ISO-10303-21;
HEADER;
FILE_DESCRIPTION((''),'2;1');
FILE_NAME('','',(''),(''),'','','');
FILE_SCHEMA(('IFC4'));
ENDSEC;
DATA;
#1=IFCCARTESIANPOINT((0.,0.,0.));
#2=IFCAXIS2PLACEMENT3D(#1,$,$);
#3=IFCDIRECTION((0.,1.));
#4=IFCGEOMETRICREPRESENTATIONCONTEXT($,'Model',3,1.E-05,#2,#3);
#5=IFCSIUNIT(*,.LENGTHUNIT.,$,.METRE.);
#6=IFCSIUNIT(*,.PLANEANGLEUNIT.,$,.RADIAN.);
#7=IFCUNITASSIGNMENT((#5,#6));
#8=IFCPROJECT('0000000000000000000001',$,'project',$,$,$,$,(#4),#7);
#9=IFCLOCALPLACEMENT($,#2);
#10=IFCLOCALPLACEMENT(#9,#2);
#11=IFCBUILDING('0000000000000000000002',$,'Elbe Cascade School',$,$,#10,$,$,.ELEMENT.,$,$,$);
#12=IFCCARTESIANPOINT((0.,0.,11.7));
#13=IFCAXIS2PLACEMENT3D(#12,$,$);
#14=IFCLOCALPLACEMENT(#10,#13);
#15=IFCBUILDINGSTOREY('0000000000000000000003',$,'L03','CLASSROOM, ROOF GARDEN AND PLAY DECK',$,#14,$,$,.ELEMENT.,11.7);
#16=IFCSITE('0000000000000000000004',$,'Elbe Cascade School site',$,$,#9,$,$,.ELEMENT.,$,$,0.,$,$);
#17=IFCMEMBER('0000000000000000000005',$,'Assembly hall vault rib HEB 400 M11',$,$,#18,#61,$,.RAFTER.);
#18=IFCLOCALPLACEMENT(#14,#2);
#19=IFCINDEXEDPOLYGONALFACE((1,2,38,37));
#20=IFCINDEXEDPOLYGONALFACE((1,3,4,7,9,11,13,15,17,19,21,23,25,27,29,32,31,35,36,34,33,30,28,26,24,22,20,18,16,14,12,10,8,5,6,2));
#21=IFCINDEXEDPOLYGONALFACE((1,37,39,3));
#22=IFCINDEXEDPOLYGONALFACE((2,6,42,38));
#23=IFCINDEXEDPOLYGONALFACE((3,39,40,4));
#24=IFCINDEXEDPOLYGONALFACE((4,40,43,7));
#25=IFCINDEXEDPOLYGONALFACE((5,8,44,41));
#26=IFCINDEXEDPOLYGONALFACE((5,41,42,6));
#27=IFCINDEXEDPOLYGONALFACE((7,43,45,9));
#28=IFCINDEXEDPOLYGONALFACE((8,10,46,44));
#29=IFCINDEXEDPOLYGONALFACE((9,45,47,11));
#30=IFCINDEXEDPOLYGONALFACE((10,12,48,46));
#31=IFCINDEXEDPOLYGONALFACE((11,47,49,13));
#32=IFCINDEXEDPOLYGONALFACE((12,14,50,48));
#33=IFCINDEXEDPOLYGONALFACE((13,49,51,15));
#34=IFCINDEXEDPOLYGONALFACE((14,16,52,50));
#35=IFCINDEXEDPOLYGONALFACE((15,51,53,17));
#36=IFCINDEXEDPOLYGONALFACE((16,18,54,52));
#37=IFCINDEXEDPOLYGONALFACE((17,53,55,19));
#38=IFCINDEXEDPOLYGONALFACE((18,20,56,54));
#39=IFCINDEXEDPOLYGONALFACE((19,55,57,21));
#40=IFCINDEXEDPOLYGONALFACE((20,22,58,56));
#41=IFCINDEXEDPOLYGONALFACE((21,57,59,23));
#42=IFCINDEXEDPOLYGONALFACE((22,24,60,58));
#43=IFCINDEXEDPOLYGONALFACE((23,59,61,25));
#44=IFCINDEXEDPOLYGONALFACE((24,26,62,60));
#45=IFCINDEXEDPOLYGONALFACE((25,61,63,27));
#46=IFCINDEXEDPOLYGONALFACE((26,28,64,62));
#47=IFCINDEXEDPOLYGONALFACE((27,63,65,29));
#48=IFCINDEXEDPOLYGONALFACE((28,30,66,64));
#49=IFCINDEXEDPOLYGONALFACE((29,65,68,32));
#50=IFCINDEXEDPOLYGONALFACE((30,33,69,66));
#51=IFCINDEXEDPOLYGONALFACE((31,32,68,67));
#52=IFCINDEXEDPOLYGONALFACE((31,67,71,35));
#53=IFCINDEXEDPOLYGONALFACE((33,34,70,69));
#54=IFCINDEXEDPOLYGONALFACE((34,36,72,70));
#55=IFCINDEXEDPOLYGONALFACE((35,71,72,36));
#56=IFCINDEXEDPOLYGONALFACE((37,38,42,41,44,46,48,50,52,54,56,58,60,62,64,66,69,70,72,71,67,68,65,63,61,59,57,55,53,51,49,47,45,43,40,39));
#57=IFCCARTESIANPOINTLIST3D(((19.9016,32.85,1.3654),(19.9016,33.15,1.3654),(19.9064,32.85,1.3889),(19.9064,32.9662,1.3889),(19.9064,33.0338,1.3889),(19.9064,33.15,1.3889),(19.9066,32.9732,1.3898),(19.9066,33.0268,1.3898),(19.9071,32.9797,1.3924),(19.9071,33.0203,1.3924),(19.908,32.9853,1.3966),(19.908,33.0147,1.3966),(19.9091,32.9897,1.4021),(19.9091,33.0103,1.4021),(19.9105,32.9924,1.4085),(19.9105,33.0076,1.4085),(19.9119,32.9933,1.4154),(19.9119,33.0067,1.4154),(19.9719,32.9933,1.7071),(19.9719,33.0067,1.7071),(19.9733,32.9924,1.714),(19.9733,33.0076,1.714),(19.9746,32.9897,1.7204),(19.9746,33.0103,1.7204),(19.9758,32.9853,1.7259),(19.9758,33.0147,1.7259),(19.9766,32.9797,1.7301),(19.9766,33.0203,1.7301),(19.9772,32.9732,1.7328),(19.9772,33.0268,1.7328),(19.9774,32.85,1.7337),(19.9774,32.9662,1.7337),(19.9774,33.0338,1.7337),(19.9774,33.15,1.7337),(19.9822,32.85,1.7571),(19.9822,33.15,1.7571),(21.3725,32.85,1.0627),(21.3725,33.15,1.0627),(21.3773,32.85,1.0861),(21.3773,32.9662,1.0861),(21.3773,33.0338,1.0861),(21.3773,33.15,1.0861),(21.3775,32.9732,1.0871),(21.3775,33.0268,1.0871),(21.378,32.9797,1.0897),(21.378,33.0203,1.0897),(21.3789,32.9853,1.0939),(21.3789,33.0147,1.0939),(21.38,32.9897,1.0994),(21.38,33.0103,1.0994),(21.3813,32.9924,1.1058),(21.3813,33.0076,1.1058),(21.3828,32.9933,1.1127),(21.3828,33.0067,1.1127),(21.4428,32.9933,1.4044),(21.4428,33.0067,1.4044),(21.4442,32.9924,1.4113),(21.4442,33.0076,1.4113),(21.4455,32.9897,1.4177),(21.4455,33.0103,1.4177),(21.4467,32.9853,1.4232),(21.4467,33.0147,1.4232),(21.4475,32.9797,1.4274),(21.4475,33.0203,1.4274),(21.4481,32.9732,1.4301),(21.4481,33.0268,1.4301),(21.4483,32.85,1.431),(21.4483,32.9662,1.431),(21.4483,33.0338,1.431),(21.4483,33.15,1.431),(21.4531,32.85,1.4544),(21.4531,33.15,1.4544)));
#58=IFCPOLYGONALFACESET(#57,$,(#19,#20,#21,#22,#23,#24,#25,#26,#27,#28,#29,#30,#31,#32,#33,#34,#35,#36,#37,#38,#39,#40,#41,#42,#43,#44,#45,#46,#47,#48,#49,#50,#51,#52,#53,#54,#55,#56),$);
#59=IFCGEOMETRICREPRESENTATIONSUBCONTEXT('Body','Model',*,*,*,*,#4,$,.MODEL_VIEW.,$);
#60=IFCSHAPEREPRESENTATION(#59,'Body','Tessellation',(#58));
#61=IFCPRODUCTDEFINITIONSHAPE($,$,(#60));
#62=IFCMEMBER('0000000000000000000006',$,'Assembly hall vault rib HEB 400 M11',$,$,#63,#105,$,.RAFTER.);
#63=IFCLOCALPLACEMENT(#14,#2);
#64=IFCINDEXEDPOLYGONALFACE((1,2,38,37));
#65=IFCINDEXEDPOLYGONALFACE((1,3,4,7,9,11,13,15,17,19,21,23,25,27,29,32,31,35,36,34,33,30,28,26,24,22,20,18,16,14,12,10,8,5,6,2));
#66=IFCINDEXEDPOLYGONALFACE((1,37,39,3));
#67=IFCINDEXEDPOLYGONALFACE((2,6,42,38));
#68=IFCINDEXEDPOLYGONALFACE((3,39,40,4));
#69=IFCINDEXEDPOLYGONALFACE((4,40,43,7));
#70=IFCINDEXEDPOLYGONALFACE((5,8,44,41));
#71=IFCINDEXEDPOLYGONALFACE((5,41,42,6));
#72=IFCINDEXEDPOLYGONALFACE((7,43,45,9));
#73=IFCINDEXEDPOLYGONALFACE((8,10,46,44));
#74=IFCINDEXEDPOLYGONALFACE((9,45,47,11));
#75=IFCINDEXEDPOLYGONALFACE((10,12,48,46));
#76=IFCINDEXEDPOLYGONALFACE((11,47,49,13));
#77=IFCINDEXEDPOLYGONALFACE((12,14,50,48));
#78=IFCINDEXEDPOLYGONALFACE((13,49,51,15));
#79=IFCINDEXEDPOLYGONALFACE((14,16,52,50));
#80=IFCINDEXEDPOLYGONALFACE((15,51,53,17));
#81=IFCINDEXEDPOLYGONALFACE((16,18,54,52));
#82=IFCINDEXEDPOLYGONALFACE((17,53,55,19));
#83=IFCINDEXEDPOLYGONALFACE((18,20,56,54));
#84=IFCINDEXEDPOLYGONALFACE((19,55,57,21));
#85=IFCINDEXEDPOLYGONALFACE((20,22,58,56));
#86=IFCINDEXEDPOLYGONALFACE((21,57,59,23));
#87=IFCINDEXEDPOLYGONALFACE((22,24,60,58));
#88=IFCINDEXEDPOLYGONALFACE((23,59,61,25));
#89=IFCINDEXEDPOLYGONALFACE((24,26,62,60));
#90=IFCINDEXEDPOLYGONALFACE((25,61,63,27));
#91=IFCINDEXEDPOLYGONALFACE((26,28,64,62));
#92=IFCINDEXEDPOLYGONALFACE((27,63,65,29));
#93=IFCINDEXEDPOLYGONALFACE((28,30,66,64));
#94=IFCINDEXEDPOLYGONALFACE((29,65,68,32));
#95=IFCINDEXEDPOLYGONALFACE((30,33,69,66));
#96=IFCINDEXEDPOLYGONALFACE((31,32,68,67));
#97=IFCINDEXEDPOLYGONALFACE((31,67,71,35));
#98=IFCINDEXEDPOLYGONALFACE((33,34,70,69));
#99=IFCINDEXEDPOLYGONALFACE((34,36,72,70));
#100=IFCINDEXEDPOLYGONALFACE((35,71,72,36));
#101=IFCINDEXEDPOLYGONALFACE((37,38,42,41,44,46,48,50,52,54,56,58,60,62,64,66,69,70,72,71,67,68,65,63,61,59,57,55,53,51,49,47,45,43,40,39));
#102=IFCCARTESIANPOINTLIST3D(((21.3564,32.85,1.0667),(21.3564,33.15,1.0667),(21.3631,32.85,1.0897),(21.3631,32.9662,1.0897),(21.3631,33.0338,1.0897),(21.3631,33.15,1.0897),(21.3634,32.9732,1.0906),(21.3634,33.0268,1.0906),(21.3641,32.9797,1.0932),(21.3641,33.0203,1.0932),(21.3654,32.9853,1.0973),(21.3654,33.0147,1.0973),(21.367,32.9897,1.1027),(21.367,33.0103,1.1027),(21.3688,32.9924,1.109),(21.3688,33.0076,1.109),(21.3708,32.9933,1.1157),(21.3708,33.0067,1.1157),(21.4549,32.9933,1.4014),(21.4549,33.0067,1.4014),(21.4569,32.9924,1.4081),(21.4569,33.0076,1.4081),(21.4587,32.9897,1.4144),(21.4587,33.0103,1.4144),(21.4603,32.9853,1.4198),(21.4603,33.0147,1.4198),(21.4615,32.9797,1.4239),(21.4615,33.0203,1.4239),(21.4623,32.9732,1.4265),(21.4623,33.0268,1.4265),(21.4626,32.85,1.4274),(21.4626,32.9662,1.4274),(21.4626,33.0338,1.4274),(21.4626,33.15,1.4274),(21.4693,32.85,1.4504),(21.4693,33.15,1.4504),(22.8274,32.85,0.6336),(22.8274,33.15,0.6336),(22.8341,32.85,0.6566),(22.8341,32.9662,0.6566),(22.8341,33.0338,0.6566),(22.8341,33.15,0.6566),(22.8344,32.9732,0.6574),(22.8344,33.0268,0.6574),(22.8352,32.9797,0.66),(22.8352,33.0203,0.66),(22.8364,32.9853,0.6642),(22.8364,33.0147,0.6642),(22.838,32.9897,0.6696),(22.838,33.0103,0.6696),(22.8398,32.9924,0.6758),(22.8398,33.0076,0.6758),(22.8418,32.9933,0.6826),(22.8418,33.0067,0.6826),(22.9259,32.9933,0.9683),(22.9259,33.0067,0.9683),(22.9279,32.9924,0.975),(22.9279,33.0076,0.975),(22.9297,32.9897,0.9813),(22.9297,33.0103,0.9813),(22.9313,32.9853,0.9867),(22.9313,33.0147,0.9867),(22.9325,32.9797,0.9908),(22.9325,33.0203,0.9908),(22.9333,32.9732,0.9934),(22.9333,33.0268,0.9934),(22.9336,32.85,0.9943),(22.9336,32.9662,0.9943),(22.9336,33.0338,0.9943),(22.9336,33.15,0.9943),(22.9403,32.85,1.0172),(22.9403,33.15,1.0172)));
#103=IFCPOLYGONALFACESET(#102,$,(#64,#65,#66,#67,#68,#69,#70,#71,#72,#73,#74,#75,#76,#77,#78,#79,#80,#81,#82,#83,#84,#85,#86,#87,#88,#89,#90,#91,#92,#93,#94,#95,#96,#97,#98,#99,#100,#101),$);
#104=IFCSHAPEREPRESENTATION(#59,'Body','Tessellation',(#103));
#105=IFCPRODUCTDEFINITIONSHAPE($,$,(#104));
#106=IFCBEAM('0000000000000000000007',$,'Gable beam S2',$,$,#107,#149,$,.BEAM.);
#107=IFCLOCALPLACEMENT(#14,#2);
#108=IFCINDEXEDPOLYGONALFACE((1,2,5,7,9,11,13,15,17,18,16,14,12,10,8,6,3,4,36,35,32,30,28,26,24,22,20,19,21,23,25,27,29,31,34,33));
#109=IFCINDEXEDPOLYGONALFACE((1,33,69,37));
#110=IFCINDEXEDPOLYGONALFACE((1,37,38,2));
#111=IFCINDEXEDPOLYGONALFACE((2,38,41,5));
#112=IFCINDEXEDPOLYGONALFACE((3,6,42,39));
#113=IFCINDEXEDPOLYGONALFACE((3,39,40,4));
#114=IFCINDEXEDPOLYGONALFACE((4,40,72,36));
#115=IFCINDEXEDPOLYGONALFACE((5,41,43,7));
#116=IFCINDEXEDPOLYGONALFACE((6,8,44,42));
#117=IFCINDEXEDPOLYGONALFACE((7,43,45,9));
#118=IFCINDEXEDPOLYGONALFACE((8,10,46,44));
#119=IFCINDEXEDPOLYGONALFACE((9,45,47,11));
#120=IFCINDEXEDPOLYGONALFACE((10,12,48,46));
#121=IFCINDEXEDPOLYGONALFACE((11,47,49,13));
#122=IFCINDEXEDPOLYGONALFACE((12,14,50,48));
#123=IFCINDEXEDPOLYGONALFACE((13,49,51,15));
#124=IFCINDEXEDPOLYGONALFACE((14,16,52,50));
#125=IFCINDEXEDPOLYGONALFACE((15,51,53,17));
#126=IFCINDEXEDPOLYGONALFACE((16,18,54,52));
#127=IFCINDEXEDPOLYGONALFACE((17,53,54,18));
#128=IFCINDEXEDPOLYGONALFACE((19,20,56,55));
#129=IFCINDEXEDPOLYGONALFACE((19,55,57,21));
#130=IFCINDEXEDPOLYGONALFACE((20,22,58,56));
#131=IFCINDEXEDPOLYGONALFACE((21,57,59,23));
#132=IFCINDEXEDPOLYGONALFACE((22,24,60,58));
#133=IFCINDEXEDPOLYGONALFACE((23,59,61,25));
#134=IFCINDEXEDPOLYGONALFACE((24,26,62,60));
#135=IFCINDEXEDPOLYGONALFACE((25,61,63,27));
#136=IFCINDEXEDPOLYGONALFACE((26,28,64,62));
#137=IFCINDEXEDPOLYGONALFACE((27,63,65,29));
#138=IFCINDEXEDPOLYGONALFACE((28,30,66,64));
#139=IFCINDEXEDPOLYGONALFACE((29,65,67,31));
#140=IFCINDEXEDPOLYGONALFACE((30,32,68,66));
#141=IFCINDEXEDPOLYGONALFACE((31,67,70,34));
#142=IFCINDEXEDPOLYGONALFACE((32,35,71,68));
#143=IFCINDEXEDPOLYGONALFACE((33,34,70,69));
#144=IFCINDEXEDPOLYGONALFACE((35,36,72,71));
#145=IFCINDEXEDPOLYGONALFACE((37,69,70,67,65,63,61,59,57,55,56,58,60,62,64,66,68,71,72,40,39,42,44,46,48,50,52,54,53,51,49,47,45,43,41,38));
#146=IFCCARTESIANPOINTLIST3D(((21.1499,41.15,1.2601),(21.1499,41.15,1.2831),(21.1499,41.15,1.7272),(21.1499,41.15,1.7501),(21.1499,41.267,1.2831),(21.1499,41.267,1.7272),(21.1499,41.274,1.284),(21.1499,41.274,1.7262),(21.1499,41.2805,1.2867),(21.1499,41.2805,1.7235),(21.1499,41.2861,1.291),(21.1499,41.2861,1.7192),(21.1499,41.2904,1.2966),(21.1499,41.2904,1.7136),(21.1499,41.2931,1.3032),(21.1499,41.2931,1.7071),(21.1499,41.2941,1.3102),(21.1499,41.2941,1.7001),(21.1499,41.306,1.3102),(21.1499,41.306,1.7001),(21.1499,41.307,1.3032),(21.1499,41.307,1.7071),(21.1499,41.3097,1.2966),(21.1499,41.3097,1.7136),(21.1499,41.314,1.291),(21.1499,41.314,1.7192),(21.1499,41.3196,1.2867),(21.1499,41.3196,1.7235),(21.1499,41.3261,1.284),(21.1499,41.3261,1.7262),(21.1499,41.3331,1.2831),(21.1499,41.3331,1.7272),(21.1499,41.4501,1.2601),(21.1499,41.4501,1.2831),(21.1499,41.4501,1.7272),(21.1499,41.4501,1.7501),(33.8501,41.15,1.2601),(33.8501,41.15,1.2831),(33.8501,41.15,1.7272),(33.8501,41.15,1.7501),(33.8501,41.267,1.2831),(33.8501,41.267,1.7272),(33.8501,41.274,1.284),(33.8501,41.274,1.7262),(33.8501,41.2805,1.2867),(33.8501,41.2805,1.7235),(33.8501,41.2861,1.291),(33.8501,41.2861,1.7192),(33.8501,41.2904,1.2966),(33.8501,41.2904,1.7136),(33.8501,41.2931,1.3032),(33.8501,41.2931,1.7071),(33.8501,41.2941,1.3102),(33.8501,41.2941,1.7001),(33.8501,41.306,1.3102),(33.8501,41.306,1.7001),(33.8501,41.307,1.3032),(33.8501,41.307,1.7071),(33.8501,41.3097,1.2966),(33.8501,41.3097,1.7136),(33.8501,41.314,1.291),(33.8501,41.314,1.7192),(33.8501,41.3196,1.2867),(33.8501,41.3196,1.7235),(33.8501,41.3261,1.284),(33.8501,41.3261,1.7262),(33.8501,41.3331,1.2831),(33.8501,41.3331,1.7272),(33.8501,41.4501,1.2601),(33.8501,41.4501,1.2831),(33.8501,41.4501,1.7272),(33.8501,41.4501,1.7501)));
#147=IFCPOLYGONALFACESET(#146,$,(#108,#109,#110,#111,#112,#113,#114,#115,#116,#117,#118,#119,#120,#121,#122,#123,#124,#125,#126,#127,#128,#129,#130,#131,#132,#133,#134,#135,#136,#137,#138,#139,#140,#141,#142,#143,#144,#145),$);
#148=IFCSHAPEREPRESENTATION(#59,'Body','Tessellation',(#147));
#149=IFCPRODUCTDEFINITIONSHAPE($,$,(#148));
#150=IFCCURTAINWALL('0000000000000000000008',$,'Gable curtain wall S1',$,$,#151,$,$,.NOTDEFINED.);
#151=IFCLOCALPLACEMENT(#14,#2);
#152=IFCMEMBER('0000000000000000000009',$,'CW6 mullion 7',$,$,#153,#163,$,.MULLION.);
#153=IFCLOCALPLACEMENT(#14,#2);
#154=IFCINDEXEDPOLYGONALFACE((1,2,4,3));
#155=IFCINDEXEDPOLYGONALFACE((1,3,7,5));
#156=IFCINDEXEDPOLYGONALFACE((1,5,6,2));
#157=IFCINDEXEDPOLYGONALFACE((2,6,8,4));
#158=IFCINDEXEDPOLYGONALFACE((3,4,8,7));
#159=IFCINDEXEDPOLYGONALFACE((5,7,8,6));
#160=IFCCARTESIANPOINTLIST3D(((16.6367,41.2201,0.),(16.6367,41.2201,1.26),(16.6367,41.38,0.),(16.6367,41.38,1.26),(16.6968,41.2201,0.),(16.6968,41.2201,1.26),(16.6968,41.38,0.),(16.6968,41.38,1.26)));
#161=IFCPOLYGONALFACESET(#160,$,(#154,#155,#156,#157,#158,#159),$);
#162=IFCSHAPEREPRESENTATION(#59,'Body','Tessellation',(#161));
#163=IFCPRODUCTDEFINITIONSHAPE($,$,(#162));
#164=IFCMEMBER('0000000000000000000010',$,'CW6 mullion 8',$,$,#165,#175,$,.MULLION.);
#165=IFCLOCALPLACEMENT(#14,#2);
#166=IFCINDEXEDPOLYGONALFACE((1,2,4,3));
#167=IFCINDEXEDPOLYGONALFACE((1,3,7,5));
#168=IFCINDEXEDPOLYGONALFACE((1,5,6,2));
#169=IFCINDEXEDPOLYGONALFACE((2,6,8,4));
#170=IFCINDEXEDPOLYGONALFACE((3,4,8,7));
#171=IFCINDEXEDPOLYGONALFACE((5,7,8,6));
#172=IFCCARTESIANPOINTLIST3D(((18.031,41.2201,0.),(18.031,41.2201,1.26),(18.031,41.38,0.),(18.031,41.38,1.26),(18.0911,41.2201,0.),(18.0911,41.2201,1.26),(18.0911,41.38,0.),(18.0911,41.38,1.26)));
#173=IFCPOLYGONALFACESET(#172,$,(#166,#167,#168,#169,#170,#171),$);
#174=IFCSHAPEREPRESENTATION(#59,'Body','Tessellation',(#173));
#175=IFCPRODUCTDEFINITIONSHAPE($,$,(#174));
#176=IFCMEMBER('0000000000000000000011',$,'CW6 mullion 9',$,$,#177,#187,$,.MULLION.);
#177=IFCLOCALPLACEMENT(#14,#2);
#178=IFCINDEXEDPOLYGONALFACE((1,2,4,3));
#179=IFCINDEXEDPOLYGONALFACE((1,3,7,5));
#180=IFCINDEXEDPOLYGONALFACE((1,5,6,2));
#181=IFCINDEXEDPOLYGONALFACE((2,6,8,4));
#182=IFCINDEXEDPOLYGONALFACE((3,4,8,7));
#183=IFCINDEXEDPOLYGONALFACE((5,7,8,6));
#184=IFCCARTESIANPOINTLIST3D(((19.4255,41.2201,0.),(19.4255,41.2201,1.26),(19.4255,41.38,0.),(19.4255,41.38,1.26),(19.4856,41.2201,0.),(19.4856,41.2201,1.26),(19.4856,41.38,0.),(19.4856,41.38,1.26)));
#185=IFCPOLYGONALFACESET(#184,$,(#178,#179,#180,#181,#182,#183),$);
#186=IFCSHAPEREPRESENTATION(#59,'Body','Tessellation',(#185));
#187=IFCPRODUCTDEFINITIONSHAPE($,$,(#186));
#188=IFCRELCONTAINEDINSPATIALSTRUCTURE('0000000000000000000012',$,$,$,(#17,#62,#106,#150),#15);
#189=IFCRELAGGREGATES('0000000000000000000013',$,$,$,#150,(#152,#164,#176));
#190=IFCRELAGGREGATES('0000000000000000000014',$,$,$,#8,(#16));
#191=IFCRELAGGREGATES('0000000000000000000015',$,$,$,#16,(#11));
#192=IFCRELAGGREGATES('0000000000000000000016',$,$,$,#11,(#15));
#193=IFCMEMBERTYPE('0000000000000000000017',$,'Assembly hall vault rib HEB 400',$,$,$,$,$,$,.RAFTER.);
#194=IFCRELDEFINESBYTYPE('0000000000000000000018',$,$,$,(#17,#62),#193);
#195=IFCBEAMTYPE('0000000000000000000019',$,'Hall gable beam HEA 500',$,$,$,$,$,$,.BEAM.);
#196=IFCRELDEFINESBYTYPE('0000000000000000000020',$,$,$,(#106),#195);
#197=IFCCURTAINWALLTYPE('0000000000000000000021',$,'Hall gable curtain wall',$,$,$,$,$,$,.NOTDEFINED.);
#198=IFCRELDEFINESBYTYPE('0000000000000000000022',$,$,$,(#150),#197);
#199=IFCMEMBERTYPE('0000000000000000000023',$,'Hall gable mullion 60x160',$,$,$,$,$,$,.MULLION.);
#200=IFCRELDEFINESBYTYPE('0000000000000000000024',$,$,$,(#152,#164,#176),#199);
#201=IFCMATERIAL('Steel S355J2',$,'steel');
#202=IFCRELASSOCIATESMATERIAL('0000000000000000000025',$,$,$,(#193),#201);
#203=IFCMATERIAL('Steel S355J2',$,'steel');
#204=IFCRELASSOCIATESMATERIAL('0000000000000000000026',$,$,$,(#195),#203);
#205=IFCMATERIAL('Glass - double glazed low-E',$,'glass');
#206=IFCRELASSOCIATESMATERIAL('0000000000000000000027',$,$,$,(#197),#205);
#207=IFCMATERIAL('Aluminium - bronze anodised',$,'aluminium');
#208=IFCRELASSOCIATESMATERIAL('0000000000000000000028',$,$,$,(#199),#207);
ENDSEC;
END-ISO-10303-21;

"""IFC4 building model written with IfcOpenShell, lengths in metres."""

from ifc_helpers import new_model, si_unit, direction, frame, origin, origin_2d, place, context, subcontext, project, spatial, rectangle, i_section, extrude, material, material_profile, profile_set, type_object, element, aggregate, save


model = new_model("IFC4")

# Units and contexts
model_context = context("Model", 3, precision=1e-05, world=origin(), true_north=direction((0.0, 1.0)))
body_context = subcontext(model_context, "Body", "Model", "MODEL_VIEW")
ifc_project = project(units=[si_unit("LENGTHUNIT", "METRE"), si_unit("PLANEANGLEUNIT", "RADIAN")], contexts=[model_context])

# Site, building, storey
site_placement = place(None, origin())
site = spatial("IfcSite", under=ifc_project, at=site_placement, Name="Elbe Cascade School site", CompositionType="ELEMENT", RefElevation=0.0)
building_placement = place(site_placement, origin())
building = spatial("IfcBuilding", under=site, at=building_placement, Name="Elbe Cascade School", CompositionType="ELEMENT")
storey_placement = place(building_placement, frame((0.0, 0.0, 11.7)))
storey = spatial("IfcBuildingStorey", under=building, at=storey_placement, Name="L03", Description="CLASSROOM, ROOF GARDEN AND PLAY DECK", CompositionType="ELEMENT", Elevation=11.7)

# Members
ifc_material_1 = material(Name="Steel S355J2", Category="steel")
ifc_material_profile_1 = material_profile(ifc_material_1, i_section(OverallWidth=0.3, OverallDepth=0.3999, WebThickness=0.0134, FlangeThickness=0.0239, FilletRadius=0.0271, at=origin_2d()), Name="HEB 400")
ifc_profile_set_1 = profile_set([ifc_material_profile_1], Name="Steel S355J2")
member_type_1 = type_object("IfcMemberType", Name="Assembly hall vault rib HEB 400", PredefinedType="RAFTER", material=ifc_profile_set_1)
member_1_placement = place(storey_placement, frame((19.9419, 33.0, 1.5613), z_axis=(0.979471, 0.0, -0.201584), x_axis=(0.0, 1.0, 0.0)))
element("IfcMember", 1, at=member_1_placement, inside=storey, type_object=member_type_1, Name="Assembly hall vault rib HEB 400 M11", PredefinedType="RAFTER", context=body_context, shape_type="SweptSolid", body=[
    extrude(i_section(OverallWidth=0.3, OverallDepth=0.3999, WebThickness=0.0134, FlangeThickness=0.0239, FilletRadius=0.0271, at=origin_2d()), origin(), (0.0, 0.0, 1.0), 1.5017),
])
member_2_placement = place(storey_placement, frame((21.4128, 33.0, 1.2585), z_axis=(0.959282, 0.0, -0.282451), x_axis=(0.0, 1.0, 0.0)))
element("IfcMember", 2, at=member_2_placement, inside=storey, type_object=member_type_1, Name="Assembly hall vault rib HEB 400 M11", PredefinedType="RAFTER", context=body_context, shape_type="SweptSolid", body=[
    extrude(i_section(OverallWidth=0.3, OverallDepth=0.3999, WebThickness=0.0134, FlangeThickness=0.0239, FilletRadius=0.0271, at=origin_2d()), origin(), (0.0, 0.0, 1.0), 1.5334),
])

# Beam
ifc_material_2 = material(Name="Steel S355J2", Category="steel")
ifc_material_profile_2 = material_profile(ifc_material_2, i_section(OverallWidth=0.3, OverallDepth=0.49, WebThickness=0.012, FlangeThickness=0.0229, FilletRadius=0.0271, at=origin_2d()), Name="HEA 500")
ifc_profile_set_2 = profile_set([ifc_material_profile_2], Name="Steel S355J2")
beam_type = type_object("IfcBeamType", Name="Hall gable beam HEA 500", PredefinedType="BEAM", material=ifc_profile_set_2)
beam_placement = place(storey_placement, frame((21.1499, 41.3, 1.5051), z_axis=(1.0, 0.0, 0.0), x_axis=(0.0, 1.0, 0.0)))
element("IfcBeam", 3, at=beam_placement, inside=storey, type_object=beam_type, Name="Gable beam S2", PredefinedType="BEAM", context=body_context, shape_type="SweptSolid", body=[
    extrude(i_section(OverallWidth=0.3, OverallDepth=0.49, WebThickness=0.012, FlangeThickness=0.0229, FilletRadius=0.0271, at=origin_2d()), origin(), (0.0, 0.0, 1.0), 12.7002),
])

# Curtain wall, members
ifc_material_3 = material(Name="Glass - double glazed low-E", Category="glass")
curtain_wall_type = type_object("IfcCurtainWallType", Name="Hall gable curtain wall", PredefinedType="NOTDEFINED", material=ifc_material_3)
curtain_wall_1_placement = place(storey_placement, origin())
curtain_wall_1 = element("IfcCurtainWall", 4, at=curtain_wall_1_placement, inside=storey, type_object=curtain_wall_type, Name="Gable curtain wall S1", PredefinedType="NOTDEFINED")
ifc_material_4 = material(Name="Aluminium - bronze anodised", Category="aluminium")
ifc_material_profile_3 = material_profile(ifc_material_4, rectangle(XDim=0.1599, YDim=0.0601, at=origin_2d()), Name="Alu 60x160")
ifc_profile_set_3 = profile_set([ifc_material_profile_3], Name="Aluminium - bronze anodised")
member_type_2 = type_object("IfcMemberType", Name="Hall gable mullion 60x160", PredefinedType="MULLION", material=ifc_profile_set_3)
member_3_placement = place(storey_placement, frame((16.6667, 41.3, 0.0), z_axis=(0.0, 0.0, 1.0), x_axis=(0.0, 1.0, 0.0)))
member_3 = element("IfcMember", 5, at=member_3_placement, type_object=member_type_2, Name="CW6 mullion 7", PredefinedType="MULLION", context=body_context, shape_type="SweptSolid", body=[
    extrude(rectangle(XDim=0.1599, YDim=0.0601, at=origin_2d()), origin(), (0.0, 0.0, 1.0), 1.26),
])
member_4_placement = place(storey_placement, frame((18.061, 41.3, 0.0), z_axis=(0.0, 0.0, 1.0), x_axis=(0.0, 1.0, 0.0)))
member_4 = element("IfcMember", 6, at=member_4_placement, type_object=member_type_2, Name="CW6 mullion 8", PredefinedType="MULLION", context=body_context, shape_type="SweptSolid", body=[
    extrude(rectangle(XDim=0.1599, YDim=0.0601, at=origin_2d()), origin(), (0.0, 0.0, 1.0), 1.26),
])
member_5_placement = place(storey_placement, frame((19.4556, 41.3, 0.0), z_axis=(0.0, 0.0, 1.0), x_axis=(0.0, 1.0, 0.0)))
member_5 = element("IfcMember", 7, at=member_5_placement, type_object=member_type_2, Name="CW6 mullion 9", PredefinedType="MULLION", context=body_context, shape_type="SweptSolid", body=[
    extrude(rectangle(XDim=0.1599, YDim=0.0601, at=origin_2d()), origin(), (0.0, 0.0, 1.0), 1.26),
])

aggregate(curtain_wall_1, [member_3, member_4, member_5])

save(model, "model.ifc")
